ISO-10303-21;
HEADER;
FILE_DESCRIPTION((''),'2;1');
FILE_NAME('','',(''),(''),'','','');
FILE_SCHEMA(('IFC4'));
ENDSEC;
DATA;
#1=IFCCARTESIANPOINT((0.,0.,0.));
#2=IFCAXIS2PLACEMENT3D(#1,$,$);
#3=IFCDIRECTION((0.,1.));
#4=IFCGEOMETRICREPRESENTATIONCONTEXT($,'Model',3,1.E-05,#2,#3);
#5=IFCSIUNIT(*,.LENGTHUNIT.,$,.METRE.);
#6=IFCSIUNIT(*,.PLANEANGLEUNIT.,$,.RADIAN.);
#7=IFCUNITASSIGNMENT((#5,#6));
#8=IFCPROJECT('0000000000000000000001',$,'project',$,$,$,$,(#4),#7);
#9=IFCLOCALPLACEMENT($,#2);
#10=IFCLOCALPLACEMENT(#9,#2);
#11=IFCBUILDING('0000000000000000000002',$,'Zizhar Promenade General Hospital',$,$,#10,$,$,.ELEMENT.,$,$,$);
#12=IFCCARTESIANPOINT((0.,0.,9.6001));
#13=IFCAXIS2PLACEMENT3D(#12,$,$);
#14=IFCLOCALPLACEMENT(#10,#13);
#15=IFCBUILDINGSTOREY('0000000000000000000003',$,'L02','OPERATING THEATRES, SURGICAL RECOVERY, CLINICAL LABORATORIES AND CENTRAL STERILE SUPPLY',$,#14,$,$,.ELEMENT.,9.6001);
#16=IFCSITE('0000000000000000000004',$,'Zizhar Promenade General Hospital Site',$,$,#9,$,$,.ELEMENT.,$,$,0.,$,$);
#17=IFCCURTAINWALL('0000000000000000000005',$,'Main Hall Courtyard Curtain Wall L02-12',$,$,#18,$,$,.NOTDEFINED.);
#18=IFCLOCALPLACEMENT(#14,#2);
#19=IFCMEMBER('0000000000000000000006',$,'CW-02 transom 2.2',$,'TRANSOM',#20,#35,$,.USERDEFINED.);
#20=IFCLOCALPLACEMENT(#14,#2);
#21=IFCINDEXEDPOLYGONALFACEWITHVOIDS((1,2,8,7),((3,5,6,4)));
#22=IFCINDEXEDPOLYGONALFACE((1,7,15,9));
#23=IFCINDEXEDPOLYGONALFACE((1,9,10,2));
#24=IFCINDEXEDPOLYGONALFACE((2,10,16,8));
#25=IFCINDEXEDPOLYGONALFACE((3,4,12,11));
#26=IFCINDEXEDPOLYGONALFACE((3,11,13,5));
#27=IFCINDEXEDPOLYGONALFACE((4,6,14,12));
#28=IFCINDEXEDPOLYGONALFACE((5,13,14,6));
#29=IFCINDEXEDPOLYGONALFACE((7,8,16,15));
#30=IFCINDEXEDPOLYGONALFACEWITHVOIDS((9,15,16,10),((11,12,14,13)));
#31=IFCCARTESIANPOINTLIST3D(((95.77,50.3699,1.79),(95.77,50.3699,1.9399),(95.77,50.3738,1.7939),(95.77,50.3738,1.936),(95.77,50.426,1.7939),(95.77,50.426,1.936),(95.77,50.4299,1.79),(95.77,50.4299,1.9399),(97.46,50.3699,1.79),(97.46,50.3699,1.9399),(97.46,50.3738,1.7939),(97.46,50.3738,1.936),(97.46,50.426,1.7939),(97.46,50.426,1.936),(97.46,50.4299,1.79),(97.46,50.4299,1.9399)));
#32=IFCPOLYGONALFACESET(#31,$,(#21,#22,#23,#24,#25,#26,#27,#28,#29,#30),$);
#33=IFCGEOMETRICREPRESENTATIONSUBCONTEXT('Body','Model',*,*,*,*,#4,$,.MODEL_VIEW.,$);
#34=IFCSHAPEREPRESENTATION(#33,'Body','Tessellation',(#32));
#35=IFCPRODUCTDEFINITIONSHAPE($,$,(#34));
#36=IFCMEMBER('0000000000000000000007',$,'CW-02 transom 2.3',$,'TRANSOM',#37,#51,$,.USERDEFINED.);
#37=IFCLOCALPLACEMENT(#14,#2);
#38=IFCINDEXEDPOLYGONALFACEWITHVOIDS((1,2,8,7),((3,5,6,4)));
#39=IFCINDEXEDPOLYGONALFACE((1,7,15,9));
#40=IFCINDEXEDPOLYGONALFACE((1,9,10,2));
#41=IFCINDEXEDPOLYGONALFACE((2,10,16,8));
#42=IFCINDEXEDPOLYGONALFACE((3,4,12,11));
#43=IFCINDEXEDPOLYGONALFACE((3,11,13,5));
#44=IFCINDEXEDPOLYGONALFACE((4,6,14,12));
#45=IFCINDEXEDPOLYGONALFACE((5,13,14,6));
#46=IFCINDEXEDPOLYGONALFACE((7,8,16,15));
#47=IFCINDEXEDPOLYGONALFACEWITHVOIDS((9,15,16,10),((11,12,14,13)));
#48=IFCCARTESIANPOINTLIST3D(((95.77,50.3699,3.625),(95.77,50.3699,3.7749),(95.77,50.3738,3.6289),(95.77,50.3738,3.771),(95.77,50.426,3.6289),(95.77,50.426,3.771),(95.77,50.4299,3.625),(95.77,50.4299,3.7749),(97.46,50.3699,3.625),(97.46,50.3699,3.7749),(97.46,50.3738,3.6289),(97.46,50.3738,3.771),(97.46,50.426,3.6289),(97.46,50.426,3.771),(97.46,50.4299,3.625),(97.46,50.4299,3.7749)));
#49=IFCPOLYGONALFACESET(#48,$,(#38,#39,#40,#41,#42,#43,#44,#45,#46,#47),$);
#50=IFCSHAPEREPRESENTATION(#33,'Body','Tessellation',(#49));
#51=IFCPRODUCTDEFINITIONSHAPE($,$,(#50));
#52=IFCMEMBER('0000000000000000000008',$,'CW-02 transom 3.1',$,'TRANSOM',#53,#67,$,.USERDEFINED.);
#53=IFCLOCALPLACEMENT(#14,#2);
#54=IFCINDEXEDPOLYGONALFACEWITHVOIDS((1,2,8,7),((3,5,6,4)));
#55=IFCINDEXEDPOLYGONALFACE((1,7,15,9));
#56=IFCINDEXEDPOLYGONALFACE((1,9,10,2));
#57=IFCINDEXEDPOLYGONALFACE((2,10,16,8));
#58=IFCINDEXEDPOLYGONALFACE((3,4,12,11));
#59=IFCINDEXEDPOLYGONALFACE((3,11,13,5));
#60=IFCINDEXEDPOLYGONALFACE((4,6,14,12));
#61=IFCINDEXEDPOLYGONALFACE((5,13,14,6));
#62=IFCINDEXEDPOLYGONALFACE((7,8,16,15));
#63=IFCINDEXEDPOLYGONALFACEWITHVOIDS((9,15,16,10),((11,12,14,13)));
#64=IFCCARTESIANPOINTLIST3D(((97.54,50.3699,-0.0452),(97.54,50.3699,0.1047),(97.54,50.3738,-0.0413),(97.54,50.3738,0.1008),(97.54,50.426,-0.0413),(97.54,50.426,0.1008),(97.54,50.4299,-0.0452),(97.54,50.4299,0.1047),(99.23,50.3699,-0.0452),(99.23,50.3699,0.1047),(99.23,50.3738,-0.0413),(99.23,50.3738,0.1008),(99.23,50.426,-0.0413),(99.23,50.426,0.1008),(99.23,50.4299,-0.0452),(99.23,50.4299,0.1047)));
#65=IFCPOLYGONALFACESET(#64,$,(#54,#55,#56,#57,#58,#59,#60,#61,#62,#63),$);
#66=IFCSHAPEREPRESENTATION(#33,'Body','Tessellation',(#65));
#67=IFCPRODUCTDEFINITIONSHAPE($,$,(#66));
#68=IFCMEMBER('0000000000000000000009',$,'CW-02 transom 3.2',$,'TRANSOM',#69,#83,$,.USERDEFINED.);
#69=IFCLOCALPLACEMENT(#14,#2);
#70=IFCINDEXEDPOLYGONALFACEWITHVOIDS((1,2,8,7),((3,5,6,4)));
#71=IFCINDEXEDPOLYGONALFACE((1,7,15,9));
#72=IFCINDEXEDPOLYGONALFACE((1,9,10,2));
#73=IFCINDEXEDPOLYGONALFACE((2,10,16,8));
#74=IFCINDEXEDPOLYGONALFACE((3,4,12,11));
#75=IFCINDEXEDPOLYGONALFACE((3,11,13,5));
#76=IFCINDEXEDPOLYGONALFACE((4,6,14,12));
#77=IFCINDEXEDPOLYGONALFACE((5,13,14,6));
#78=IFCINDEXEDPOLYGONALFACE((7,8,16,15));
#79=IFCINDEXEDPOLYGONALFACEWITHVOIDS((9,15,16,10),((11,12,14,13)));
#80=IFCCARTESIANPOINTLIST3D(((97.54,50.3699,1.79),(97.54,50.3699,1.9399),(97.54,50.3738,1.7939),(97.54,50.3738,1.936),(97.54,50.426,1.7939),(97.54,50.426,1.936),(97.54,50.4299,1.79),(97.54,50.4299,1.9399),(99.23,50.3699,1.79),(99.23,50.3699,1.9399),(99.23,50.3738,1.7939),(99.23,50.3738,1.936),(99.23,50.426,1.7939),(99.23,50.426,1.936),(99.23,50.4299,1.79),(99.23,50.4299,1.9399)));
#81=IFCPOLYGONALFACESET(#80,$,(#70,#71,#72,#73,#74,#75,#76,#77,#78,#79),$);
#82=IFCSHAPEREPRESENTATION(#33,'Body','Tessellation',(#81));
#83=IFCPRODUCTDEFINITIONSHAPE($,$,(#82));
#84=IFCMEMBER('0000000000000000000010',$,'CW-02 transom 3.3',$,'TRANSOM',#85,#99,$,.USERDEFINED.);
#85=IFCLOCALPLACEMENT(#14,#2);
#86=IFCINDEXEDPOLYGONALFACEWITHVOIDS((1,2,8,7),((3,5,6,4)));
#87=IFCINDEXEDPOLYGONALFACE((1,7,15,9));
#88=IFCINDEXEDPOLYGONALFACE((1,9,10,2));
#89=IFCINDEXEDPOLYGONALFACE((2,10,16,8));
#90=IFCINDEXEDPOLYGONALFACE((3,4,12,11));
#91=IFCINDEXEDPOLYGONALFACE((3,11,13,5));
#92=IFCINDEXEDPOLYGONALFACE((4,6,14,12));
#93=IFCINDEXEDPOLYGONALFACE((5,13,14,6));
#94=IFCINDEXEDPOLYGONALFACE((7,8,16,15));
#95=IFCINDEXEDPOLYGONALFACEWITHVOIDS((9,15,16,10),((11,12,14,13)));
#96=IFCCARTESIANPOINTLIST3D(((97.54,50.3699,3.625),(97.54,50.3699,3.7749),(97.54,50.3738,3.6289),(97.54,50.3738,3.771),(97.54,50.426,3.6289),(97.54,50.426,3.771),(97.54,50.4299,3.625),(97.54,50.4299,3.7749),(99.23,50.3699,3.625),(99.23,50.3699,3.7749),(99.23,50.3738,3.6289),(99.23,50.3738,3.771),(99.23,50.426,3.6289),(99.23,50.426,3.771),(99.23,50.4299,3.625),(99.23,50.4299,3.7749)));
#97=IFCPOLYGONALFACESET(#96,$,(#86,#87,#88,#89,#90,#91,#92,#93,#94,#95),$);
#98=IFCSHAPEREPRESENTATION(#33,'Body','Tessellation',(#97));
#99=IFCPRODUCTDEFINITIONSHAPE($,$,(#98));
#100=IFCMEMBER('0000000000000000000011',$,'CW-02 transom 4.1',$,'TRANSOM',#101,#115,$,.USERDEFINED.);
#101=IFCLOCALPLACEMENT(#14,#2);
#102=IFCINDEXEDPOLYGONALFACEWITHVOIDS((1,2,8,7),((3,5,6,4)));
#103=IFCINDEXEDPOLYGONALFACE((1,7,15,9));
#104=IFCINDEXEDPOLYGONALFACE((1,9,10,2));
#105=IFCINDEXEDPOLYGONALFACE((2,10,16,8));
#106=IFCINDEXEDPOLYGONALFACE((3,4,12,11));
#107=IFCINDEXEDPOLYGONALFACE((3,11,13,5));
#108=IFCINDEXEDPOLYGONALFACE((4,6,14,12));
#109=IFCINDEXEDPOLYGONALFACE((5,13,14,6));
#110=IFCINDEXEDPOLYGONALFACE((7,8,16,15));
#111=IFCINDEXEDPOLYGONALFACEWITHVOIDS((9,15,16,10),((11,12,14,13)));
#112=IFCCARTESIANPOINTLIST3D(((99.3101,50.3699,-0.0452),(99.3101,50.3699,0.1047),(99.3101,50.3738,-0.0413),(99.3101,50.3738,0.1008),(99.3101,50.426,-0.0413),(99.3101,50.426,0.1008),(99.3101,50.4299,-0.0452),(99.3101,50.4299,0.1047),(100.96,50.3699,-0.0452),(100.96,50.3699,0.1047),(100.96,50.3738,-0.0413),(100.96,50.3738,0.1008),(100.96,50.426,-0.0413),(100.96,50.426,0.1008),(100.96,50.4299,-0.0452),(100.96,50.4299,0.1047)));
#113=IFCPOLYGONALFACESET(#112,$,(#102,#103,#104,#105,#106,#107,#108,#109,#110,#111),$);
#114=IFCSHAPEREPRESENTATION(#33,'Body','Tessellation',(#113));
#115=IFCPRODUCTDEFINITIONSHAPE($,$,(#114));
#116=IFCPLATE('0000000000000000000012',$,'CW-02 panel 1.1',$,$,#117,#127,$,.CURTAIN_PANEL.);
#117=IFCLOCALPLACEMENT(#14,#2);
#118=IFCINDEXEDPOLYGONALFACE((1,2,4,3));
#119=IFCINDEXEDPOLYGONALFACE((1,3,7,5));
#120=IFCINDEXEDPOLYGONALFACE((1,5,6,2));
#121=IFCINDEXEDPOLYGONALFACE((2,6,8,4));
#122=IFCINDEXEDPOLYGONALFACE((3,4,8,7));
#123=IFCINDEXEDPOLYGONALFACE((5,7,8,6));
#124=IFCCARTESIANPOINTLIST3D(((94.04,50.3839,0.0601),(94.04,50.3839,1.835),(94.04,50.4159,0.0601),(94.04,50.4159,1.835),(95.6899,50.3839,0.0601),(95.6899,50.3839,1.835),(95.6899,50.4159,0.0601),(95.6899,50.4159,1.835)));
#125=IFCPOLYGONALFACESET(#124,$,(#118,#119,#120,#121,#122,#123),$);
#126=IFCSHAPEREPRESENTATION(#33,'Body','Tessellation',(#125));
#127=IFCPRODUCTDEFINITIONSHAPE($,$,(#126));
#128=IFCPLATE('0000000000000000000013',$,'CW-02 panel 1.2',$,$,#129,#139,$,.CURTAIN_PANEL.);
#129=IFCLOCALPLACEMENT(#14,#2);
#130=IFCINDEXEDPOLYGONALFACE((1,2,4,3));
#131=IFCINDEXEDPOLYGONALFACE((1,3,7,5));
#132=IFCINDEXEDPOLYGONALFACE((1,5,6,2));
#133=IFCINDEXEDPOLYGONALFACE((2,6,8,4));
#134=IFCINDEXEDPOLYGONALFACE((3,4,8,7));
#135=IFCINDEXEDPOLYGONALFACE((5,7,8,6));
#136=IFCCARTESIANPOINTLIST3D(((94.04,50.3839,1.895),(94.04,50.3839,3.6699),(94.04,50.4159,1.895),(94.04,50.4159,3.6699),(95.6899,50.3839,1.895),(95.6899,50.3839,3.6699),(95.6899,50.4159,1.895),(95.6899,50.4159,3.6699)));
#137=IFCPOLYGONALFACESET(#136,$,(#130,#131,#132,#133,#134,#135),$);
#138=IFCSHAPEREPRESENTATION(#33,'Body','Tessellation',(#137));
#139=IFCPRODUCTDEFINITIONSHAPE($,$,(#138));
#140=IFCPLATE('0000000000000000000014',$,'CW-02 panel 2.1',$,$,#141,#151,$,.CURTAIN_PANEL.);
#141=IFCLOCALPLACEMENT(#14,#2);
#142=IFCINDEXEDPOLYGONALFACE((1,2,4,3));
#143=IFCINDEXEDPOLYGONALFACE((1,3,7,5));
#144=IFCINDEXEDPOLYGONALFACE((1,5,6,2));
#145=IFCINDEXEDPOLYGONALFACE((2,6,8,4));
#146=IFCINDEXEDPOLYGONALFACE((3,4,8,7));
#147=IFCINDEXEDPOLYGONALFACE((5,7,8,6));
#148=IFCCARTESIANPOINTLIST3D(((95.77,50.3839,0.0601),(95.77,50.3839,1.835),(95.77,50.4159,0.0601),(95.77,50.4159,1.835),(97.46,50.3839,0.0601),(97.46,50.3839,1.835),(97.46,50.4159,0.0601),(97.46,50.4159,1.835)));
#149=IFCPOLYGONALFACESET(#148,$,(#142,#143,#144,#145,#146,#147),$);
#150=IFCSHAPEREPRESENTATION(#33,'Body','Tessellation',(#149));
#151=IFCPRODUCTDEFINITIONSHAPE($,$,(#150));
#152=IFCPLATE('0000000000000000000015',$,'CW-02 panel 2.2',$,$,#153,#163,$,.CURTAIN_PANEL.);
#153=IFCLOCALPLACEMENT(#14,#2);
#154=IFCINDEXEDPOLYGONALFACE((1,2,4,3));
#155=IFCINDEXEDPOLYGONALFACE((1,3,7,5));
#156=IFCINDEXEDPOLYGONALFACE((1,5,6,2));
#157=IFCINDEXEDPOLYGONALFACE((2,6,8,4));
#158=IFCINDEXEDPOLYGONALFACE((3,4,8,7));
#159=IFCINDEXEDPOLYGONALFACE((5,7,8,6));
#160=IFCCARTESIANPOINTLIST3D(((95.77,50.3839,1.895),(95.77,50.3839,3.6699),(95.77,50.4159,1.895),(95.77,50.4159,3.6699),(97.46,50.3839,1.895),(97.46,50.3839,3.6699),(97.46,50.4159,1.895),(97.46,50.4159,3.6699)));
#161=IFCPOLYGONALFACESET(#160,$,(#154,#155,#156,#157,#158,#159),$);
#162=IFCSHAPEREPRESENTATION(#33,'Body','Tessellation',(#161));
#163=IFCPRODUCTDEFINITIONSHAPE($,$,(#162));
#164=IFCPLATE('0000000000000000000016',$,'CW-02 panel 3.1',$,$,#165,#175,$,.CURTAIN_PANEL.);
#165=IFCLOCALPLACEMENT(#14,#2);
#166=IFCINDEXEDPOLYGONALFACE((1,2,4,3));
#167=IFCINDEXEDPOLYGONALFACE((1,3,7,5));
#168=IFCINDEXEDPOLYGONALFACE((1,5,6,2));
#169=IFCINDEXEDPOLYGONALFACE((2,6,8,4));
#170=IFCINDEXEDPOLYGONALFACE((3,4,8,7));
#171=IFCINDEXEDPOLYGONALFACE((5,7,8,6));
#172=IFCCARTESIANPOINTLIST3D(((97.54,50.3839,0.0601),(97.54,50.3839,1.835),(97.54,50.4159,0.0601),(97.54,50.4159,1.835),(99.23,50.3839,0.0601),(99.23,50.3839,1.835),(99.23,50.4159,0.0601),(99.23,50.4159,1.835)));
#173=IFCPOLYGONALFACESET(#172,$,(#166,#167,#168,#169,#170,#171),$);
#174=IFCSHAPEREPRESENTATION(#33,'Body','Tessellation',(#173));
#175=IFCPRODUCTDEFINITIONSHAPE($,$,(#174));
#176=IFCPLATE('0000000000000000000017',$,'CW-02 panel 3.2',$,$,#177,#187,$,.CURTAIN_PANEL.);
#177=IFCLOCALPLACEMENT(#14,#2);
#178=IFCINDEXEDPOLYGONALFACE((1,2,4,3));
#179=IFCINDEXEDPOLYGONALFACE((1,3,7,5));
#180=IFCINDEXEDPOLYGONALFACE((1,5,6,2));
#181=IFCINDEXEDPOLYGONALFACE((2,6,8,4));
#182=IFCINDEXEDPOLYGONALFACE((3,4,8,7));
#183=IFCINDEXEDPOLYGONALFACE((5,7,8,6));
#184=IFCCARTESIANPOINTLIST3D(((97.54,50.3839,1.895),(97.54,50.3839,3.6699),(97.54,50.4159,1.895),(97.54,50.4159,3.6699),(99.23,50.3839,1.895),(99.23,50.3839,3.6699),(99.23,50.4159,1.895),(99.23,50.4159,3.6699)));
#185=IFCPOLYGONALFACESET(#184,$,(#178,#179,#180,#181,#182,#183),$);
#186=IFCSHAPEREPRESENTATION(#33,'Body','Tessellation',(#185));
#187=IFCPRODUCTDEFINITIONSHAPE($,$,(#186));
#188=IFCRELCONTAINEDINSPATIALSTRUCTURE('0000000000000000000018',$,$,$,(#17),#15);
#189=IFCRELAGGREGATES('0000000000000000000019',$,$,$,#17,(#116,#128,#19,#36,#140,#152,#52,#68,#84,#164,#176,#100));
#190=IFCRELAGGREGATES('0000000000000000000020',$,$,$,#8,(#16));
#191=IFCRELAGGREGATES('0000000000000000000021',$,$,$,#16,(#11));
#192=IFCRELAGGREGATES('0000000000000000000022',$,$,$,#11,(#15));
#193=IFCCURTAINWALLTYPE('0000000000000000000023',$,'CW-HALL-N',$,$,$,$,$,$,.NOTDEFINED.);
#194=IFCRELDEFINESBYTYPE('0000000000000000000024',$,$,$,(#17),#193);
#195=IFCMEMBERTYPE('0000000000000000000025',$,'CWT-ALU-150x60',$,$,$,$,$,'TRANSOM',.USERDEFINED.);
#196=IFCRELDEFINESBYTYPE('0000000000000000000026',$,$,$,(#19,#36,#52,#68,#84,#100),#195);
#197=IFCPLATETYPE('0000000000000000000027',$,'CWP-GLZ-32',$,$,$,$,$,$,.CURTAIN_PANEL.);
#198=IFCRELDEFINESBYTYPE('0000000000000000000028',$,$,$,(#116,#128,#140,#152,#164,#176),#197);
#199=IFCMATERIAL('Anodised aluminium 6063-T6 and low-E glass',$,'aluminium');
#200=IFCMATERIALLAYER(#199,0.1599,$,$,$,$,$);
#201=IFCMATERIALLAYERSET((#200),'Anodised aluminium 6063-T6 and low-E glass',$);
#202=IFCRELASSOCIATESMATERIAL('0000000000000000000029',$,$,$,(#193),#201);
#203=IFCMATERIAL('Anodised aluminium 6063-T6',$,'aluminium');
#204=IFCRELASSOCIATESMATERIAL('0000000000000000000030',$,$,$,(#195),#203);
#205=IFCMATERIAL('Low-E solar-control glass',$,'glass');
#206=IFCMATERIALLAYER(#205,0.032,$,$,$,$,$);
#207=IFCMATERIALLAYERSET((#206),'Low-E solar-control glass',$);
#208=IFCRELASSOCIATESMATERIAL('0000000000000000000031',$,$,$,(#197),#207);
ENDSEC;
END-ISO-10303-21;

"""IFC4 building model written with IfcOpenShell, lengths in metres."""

from ifc_helpers import new_model, si_unit, direction, frame, origin, origin_2d, place, context, subcontext, project, spatial, rectangle, hollow_rectangle, extrude, material, layer, layer_set, material_profile, profile_set, type_object, element, aggregate, save


model = new_model("IFC4")

# Units and contexts
model_context = context("Model", 3, precision=1e-05, world=origin(), true_north=direction((0.0, 1.0)))
body_context = subcontext(model_context, "Body", "Model", "MODEL_VIEW")
ifc_project = project(units=[si_unit("LENGTHUNIT", "METRE"), si_unit("PLANEANGLEUNIT", "RADIAN")], contexts=[model_context])

# Site, building, storey
site_placement = place(None, origin())
site = spatial("IfcSite", under=ifc_project, at=site_placement, Name="Zizhar Promenade General Hospital Site", CompositionType="ELEMENT", RefElevation=0.0)
building_placement = place(site_placement, origin())
building = spatial("IfcBuilding", under=site, at=building_placement, Name="Zizhar Promenade General Hospital", CompositionType="ELEMENT")
storey_placement = place(building_placement, frame((0.0, 0.0, 9.6001)))
storey = spatial("IfcBuildingStorey", under=building, at=storey_placement, Name="L02", Description="OPERATING THEATRES, SURGICAL RECOVERY, CLINICAL LABORATORIES AND CENTRAL STERILE SUPPLY", CompositionType="ELEMENT", Elevation=9.6001)

# Curtain wall, members, plates
ifc_material_1 = material(Name="Anodised aluminium 6063-T6 and low-E glass", Category="aluminium")
ifc_layer_1 = layer(ifc_material_1, 0.1599)
ifc_layer_set_1 = layer_set([ifc_layer_1], Name="Anodised aluminium 6063-T6 and low-E glass")
curtain_wall_type = type_object("IfcCurtainWallType", Name="CW-HALL-N", PredefinedType="NOTDEFINED", material=ifc_layer_set_1)
curtain_wall_placement = place(storey_placement, origin())
curtain_wall = element("IfcCurtainWall", 1, at=curtain_wall_placement, inside=storey, type_object=curtain_wall_type, Name="Main Hall Courtyard Curtain Wall L02-12", PredefinedType="NOTDEFINED")
ifc_material_2 = material(Name="Anodised aluminium 6063-T6", Category="aluminium")
ifc_material_profile_1 = material_profile(ifc_material_2, hollow_rectangle(XDim=0.0601, YDim=0.1499, WallThickness=0.0039, at=origin_2d()))
ifc_profile_set_1 = profile_set([ifc_material_profile_1], Name="Anodised aluminium 6063-T6")
member_type_1 = type_object("IfcMemberType", Name="CWT-ALU-150x60", ElementType="TRANSOM", PredefinedType="USERDEFINED", material=ifc_profile_set_1)
member_1_placement = place(storey_placement, frame((95.77, 50.3999, 1.865), z_axis=(1.0, 0.0, 0.0), x_axis=(0.0, 1.0, 0.0)))
member_1 = element("IfcMember", 2, at=member_1_placement, type_object=member_type_1, Name="CW-02 transom 2.2", ObjectType="TRANSOM", PredefinedType="USERDEFINED", context=body_context, shape_type="SweptSolid", body=[
    extrude(hollow_rectangle(XDim=0.0601, YDim=0.1499, WallThickness=0.0039, at=origin_2d()), origin(), (0.0, 0.0, 1.0), 1.6899),
])
member_2_placement = place(storey_placement, frame((95.77, 50.3999, 3.7), z_axis=(1.0, 0.0, 0.0), x_axis=(0.0, 1.0, 0.0)))
member_2 = element("IfcMember", 3, at=member_2_placement, type_object=member_type_1, Name="CW-02 transom 2.3", ObjectType="TRANSOM", PredefinedType="USERDEFINED", context=body_context, shape_type="SweptSolid", body=[
    extrude(hollow_rectangle(XDim=0.0601, YDim=0.1499, WallThickness=0.0039, at=origin_2d()), origin(), (0.0, 0.0, 1.0), 1.6899),
])
member_3_placement = place(storey_placement, frame((97.54, 50.3999, 0.0298), z_axis=(1.0, 0.0, 0.0), x_axis=(0.0, 1.0, 0.0)))
member_3 = element("IfcMember", 4, at=member_3_placement, type_object=member_type_1, Name="CW-02 transom 3.1", ObjectType="TRANSOM", PredefinedType="USERDEFINED", context=body_context, shape_type="SweptSolid", body=[
    extrude(hollow_rectangle(XDim=0.0601, YDim=0.1499, WallThickness=0.0039, at=origin_2d()), origin(), (0.0, 0.0, 1.0), 1.6899),
])
member_4_placement = place(storey_placement, frame((97.54, 50.3999, 1.865), z_axis=(1.0, 0.0, 0.0), x_axis=(0.0, 1.0, 0.0)))
member_4 = element("IfcMember", 5, at=member_4_placement, type_object=member_type_1, Name="CW-02 transom 3.2", ObjectType="TRANSOM", PredefinedType="USERDEFINED", context=body_context, shape_type="SweptSolid", body=[
    extrude(hollow_rectangle(XDim=0.0601, YDim=0.1499, WallThickness=0.0039, at=origin_2d()), origin(), (0.0, 0.0, 1.0), 1.6899),
])
member_5_placement = place(storey_placement, frame((97.54, 50.3999, 3.7), z_axis=(1.0, 0.0, 0.0), x_axis=(0.0, 1.0, 0.0)))
member_5 = element("IfcMember", 6, at=member_5_placement, type_object=member_type_1, Name="CW-02 transom 3.3", ObjectType="TRANSOM", PredefinedType="USERDEFINED", context=body_context, shape_type="SweptSolid", body=[
    extrude(hollow_rectangle(XDim=0.0601, YDim=0.1499, WallThickness=0.0039, at=origin_2d()), origin(), (0.0, 0.0, 1.0), 1.6899),
])
member_6_placement = place(storey_placement, frame((99.3101, 50.3999, 0.0298), z_axis=(1.0, 0.0, 0.0), x_axis=(0.0, 1.0, 0.0)))
member_6 = element("IfcMember", 7, at=member_6_placement, type_object=member_type_1, Name="CW-02 transom 4.1", ObjectType="TRANSOM", PredefinedType="USERDEFINED", context=body_context, shape_type="SweptSolid", body=[
    extrude(hollow_rectangle(XDim=0.0601, YDim=0.1499, WallThickness=0.0039, at=origin_2d()), origin(), (0.0, 0.0, 1.0), 1.6499),
])
ifc_material_3 = material(Name="Low-E solar-control glass", Category="glass")
ifc_layer_2 = layer(ifc_material_3, 0.032)
ifc_layer_set_2 = layer_set([ifc_layer_2], Name="Low-E solar-control glass")
plate_type = type_object("IfcPlateType", Name="CWP-GLZ-32", PredefinedType="CURTAIN_PANEL", material=ifc_layer_set_2)
plate_1_placement = place(storey_placement, frame((94.865, 50.3999, 0.0601), z_axis=(0.0, 0.0, 1.0), x_axis=(1.0, 0.0, 0.0)))
plate_1 = element("IfcPlate", 8, at=plate_1_placement, type_object=plate_type, Name="CW-02 panel 1.1", PredefinedType="CURTAIN_PANEL", context=body_context, shape_type="SweptSolid", body=[
    extrude(rectangle(XDim=1.6499, YDim=0.032, at=origin_2d()), origin(), (0.0, 0.0, 1.0), 1.7749),
])
plate_2_placement = place(storey_placement, frame((94.865, 50.3999, 1.895), z_axis=(0.0, 0.0, 1.0), x_axis=(1.0, 0.0, 0.0)))
plate_2 = element("IfcPlate", 9, at=plate_2_placement, type_object=plate_type, Name="CW-02 panel 1.2", PredefinedType="CURTAIN_PANEL", context=body_context, shape_type="SweptSolid", body=[
    extrude(rectangle(XDim=1.6499, YDim=0.032, at=origin_2d()), origin(), (0.0, 0.0, 1.0), 1.7749),
])
plate_3_placement = place(storey_placement, frame((96.615, 50.3999, 0.0601), z_axis=(0.0, 0.0, 1.0), x_axis=(1.0, 0.0, 0.0)))
plate_3 = element("IfcPlate", 10, at=plate_3_placement, type_object=plate_type, Name="CW-02 panel 2.1", PredefinedType="CURTAIN_PANEL", context=body_context, shape_type="SweptSolid", body=[
    extrude(rectangle(XDim=1.6899, YDim=0.032, at=origin_2d()), origin(), (0.0, 0.0, 1.0), 1.7749),
])
plate_4_placement = place(storey_placement, frame((96.615, 50.3999, 1.895), z_axis=(0.0, 0.0, 1.0), x_axis=(1.0, 0.0, 0.0)))
plate_4 = element("IfcPlate", 11, at=plate_4_placement, type_object=plate_type, Name="CW-02 panel 2.2", PredefinedType="CURTAIN_PANEL", context=body_context, shape_type="SweptSolid", body=[
    extrude(rectangle(XDim=1.6899, YDim=0.032, at=origin_2d()), origin(), (0.0, 0.0, 1.0), 1.7749),
])
plate_5_placement = place(storey_placement, frame((98.385, 50.3999, 0.0601), z_axis=(0.0, 0.0, 1.0), x_axis=(1.0, 0.0, 0.0)))
plate_5 = element("IfcPlate", 12, at=plate_5_placement, type_object=plate_type, Name="CW-02 panel 3.1", PredefinedType="CURTAIN_PANEL", context=body_context, shape_type="SweptSolid", body=[
    extrude(rectangle(XDim=1.6899, YDim=0.032, at=origin_2d()), origin(), (0.0, 0.0, 1.0), 1.7749),
])
plate_6_placement = place(storey_placement, frame((98.385, 50.3999, 1.895), z_axis=(0.0, 0.0, 1.0), x_axis=(1.0, 0.0, 0.0)))
plate_6 = element("IfcPlate", 13, at=plate_6_placement, type_object=plate_type, Name="CW-02 panel 3.2", PredefinedType="CURTAIN_PANEL", context=body_context, shape_type="SweptSolid", body=[
    extrude(rectangle(XDim=1.6899, YDim=0.032, at=origin_2d()), origin(), (0.0, 0.0, 1.0), 1.7749),
])
aggregate(curtain_wall, [plate_1, plate_2, member_1, member_2, plate_3, plate_4, member_3, member_4, member_5, plate_5, plate_6, member_6])

save(model, "model.ifc")
